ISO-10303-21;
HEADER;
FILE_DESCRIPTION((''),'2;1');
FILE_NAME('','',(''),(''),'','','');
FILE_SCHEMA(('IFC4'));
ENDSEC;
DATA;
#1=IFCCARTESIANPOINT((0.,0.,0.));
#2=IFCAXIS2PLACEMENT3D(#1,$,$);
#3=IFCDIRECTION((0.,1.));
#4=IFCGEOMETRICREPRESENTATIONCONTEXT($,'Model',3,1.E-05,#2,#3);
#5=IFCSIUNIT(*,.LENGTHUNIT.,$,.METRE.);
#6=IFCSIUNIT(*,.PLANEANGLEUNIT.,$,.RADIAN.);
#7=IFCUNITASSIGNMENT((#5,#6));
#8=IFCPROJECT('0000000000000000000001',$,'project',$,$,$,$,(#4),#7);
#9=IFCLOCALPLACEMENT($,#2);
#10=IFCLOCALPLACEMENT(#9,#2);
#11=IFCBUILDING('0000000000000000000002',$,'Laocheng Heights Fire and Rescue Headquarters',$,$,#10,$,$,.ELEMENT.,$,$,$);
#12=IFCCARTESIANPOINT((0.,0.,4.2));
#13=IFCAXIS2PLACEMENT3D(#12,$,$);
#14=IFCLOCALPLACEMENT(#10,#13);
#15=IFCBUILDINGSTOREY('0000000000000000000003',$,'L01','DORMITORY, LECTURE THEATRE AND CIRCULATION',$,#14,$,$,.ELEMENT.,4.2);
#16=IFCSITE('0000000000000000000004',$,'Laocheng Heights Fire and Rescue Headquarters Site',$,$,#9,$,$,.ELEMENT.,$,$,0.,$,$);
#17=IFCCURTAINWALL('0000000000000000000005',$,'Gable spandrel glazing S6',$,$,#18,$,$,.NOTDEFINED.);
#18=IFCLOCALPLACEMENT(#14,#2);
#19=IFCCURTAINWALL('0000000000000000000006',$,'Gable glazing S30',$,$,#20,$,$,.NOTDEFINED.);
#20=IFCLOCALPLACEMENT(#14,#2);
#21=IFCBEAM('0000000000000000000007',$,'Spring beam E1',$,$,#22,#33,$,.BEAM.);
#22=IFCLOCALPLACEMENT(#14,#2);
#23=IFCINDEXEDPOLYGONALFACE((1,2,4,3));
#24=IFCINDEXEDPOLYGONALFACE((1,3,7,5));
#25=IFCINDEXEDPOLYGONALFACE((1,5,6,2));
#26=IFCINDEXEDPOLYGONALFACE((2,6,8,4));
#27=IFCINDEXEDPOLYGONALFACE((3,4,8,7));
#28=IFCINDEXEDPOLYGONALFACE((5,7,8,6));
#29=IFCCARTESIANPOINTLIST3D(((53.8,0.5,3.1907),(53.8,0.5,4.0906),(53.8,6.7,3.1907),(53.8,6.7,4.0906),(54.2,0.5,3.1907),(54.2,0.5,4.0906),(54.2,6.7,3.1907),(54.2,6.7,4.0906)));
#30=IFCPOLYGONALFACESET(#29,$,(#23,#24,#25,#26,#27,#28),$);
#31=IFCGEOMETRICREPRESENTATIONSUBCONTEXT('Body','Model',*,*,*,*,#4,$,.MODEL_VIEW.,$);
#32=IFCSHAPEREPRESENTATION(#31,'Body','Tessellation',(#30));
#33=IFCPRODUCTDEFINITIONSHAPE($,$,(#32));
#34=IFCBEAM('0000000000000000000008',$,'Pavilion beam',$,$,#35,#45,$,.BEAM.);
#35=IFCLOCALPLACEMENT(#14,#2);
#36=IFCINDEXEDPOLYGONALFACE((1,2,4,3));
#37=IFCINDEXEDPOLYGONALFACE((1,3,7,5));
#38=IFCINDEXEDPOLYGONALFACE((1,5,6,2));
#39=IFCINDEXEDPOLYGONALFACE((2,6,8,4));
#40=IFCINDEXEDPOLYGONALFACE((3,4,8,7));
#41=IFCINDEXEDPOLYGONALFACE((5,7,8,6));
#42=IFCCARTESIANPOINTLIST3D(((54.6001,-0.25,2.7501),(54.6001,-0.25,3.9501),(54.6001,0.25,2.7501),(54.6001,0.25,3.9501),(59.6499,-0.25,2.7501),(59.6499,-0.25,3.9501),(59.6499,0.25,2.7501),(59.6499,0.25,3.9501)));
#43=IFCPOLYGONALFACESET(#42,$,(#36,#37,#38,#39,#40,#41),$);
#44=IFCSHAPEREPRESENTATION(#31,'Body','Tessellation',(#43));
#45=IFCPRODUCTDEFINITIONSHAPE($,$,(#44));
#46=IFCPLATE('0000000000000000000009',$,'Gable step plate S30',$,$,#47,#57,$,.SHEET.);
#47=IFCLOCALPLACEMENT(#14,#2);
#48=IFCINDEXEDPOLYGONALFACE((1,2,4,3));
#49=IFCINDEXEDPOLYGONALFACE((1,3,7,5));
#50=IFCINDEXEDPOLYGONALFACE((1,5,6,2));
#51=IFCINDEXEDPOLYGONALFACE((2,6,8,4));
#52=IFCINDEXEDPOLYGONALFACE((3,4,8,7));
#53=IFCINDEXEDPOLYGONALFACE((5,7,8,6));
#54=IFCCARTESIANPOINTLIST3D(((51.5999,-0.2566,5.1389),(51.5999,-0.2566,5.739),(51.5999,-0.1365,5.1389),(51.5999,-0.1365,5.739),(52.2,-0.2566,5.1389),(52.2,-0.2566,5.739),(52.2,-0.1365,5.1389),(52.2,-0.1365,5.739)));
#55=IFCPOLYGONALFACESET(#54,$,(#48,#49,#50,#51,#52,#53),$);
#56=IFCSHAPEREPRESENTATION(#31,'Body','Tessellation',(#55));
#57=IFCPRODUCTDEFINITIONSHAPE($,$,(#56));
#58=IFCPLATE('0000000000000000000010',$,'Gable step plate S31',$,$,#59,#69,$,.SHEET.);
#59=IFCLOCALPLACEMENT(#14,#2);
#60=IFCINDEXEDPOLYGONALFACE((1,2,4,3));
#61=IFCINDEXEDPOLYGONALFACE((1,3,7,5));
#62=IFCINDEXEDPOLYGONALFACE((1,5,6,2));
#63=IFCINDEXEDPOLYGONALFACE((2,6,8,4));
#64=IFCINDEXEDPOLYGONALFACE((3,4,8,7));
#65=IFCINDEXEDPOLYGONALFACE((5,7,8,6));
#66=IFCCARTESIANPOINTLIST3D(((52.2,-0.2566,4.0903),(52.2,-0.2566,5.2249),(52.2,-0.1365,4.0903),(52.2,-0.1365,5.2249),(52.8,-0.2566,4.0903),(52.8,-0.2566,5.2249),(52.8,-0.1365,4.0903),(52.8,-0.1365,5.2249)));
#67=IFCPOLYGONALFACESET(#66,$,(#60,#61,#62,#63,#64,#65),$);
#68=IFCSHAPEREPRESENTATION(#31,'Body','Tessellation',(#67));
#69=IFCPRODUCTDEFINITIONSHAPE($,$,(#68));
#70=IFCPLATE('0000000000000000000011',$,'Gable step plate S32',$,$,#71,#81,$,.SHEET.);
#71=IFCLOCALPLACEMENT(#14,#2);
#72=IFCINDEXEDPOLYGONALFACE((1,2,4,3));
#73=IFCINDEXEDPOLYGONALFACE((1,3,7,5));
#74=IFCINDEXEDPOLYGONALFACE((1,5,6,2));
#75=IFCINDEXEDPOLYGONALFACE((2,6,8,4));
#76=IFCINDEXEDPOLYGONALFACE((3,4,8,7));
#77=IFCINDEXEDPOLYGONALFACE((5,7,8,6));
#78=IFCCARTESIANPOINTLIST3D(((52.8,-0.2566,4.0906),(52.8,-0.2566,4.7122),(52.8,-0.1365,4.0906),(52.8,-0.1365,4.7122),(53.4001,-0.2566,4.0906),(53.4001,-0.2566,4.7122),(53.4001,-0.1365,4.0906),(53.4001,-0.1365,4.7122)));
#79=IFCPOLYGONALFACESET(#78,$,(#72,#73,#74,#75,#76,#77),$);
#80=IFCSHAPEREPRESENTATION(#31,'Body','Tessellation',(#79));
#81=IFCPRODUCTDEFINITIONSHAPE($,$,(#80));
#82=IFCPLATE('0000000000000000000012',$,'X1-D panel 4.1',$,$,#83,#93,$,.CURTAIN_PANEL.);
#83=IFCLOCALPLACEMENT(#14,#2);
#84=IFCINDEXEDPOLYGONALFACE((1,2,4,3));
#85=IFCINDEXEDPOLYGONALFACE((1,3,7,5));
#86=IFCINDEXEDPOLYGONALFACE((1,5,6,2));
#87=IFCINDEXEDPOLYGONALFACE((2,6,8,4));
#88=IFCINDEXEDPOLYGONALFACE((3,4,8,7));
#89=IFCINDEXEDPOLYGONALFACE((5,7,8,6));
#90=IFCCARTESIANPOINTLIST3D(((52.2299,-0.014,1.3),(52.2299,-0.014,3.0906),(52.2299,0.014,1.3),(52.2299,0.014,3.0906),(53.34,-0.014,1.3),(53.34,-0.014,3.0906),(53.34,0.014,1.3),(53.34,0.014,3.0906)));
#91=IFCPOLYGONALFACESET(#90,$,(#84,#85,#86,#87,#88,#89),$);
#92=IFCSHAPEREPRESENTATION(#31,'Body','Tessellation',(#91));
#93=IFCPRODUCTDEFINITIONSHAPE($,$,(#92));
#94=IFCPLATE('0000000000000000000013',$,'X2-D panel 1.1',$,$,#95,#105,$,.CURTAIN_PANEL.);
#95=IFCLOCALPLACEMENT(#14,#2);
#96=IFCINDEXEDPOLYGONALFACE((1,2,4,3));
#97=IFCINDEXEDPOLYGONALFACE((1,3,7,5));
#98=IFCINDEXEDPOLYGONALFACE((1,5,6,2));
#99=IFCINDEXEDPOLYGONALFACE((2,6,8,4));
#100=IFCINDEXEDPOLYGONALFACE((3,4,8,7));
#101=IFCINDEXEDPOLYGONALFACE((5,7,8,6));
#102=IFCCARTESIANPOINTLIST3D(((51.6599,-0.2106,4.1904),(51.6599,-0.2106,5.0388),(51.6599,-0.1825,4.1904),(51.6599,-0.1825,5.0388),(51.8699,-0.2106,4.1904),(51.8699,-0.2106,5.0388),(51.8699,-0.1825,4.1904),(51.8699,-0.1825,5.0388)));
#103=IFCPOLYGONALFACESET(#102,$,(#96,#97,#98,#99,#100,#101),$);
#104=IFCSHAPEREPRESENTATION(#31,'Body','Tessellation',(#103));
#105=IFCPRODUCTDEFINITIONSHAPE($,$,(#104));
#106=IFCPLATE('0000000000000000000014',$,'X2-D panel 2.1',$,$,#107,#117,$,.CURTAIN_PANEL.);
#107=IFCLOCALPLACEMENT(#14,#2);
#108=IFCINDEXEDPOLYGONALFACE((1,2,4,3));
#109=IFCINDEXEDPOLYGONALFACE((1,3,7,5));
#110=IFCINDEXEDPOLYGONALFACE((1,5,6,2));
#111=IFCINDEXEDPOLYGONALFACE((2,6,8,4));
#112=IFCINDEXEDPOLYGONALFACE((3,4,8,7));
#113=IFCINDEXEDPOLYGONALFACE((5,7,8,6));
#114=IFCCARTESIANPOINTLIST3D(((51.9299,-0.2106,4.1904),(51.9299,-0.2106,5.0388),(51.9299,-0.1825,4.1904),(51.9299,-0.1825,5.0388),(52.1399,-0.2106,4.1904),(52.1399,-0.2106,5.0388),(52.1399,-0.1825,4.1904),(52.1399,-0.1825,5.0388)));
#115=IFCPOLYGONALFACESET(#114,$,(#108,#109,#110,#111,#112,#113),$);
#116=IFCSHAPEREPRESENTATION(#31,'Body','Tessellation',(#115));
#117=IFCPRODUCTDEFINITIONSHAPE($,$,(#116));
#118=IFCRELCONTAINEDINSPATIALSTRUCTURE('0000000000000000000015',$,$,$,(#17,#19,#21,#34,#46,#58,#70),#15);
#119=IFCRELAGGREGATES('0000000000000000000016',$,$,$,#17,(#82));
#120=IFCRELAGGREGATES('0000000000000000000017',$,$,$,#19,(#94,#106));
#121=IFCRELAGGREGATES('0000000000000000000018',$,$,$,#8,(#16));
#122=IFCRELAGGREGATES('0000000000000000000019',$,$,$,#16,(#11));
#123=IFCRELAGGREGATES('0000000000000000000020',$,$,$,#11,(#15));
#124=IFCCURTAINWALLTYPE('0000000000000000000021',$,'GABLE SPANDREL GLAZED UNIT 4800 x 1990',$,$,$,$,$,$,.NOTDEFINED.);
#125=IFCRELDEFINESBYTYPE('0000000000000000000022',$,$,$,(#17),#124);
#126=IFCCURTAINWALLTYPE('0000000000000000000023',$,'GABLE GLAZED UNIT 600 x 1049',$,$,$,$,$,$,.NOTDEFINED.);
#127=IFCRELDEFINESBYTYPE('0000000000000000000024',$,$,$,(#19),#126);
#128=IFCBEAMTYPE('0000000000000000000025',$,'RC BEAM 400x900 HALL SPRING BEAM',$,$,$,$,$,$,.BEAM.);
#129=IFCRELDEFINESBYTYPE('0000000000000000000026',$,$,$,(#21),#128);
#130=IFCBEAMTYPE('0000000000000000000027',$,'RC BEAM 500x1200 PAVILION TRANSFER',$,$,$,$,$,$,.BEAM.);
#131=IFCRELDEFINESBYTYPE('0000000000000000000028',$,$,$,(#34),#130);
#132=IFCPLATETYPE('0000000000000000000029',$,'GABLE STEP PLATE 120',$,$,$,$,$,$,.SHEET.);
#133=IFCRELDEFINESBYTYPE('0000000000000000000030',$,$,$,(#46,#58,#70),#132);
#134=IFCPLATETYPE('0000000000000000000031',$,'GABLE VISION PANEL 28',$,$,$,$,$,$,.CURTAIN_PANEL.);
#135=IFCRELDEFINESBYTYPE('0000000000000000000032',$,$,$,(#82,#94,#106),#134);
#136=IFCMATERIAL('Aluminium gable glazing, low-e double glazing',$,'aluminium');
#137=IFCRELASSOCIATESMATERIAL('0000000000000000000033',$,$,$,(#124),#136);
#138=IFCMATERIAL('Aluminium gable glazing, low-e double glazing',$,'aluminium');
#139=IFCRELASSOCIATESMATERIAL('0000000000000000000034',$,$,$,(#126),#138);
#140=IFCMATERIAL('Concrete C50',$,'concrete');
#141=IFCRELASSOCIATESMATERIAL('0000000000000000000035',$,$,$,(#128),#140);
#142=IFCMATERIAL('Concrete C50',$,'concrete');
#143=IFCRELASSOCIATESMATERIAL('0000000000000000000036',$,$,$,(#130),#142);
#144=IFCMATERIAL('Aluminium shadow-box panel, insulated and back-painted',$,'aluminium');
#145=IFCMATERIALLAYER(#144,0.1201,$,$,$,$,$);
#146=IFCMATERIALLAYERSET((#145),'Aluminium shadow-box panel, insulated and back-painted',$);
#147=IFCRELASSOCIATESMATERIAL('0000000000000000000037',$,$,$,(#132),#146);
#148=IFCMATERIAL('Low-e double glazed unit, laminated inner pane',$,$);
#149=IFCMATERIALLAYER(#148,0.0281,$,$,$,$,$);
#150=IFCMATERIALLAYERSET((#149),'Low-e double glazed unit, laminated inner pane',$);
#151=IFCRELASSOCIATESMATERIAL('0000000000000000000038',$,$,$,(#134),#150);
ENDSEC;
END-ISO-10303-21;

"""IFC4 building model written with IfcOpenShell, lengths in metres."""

from ifc_helpers import new_model, si_unit, direction, frame, origin, origin_2d, place, context, subcontext, project, spatial, rectangle, extrude, material, layer, layer_set, material_profile, profile_set, type_object, element, aggregate, save


model = new_model("IFC4")

# Units and contexts
model_context = context("Model", 3, precision=1e-05, world=origin(), true_north=direction((0.0, 1.0)))
body_context = subcontext(model_context, "Body", "Model", "MODEL_VIEW")
ifc_project = project(units=[si_unit("LENGTHUNIT", "METRE"), si_unit("PLANEANGLEUNIT", "RADIAN")], contexts=[model_context])

# Site, building, storey
site_placement = place(None, origin())
site = spatial("IfcSite", under=ifc_project, at=site_placement, Name="Laocheng Heights Fire and Rescue Headquarters Site", CompositionType="ELEMENT", RefElevation=0.0)
building_placement = place(site_placement, origin())
building = spatial("IfcBuilding", under=site, at=building_placement, Name="Laocheng Heights Fire and Rescue Headquarters", CompositionType="ELEMENT")
storey_placement = place(building_placement, frame((0.0, 0.0, 4.2)))
storey = spatial("IfcBuildingStorey", under=building, at=storey_placement, Name="L01", Description="DORMITORY, LECTURE THEATRE AND CIRCULATION", CompositionType="ELEMENT", Elevation=4.2)

# Curtain walls
ifc_material_1 = material(Name="Aluminium gable glazing, low-e double glazing", Category="aluminium")
curtain_wall_type_1 = type_object("IfcCurtainWallType", Name="GABLE SPANDREL GLAZED UNIT 4800 x 1990", PredefinedType="NOTDEFINED", material=ifc_material_1)
curtain_wall_1_placement = place(storey_placement, origin())
curtain_wall_1 = element("IfcCurtainWall", 1, at=curtain_wall_1_placement, inside=storey, type_object=curtain_wall_type_1, Name="Gable spandrel glazing S6", PredefinedType="NOTDEFINED")
ifc_material_2 = material(Name="Aluminium gable glazing, low-e double glazing", Category="aluminium")
curtain_wall_type_2 = type_object("IfcCurtainWallType", Name="GABLE GLAZED UNIT 600 x 1049", PredefinedType="NOTDEFINED", material=ifc_material_2)
curtain_wall_2_placement = place(storey_placement, origin())
curtain_wall_2 = element("IfcCurtainWall", 2, at=curtain_wall_2_placement, inside=storey, type_object=curtain_wall_type_2, Name="Gable glazing S30", PredefinedType="NOTDEFINED")

# Beams
ifc_material_3 = material(Name="Concrete C50", Category="concrete")
ifc_material_profile_1 = material_profile(ifc_material_3, rectangle(XDim=0.3999, YDim=0.8999, at=origin_2d()), Name="RC BEAM 400x900 HALL SPRING BEAM")
ifc_profile_set_1 = profile_set([ifc_material_profile_1], Name="Concrete C50")
beam_type_1 = type_object("IfcBeamType", Name="RC BEAM 400x900 HALL SPRING BEAM", PredefinedType="BEAM", material=ifc_profile_set_1)
beam_1_placement = place(storey_placement, frame((54.0, 0.5, 3.6406), z_axis=(0.0, 1.0, 0.0), x_axis=(-1.0, 0.0, 0.0)))
element("IfcBeam", 3, at=beam_1_placement, inside=storey, type_object=beam_type_1, Name="Spring beam E1", PredefinedType="BEAM", context=body_context, shape_type="SweptSolid", body=[
    extrude(rectangle(XDim=0.3999, YDim=0.8999, at=origin_2d()), origin(), (0.0, 0.0, 1.0), 6.2),
])
ifc_material_4 = material(Name="Concrete C50", Category="concrete")
ifc_material_profile_2 = material_profile(ifc_material_4, rectangle(XDim=0.5, YDim=1.2, at=origin_2d()), Name="RC BEAM 500x1200 PAVILION TRANSFER")
ifc_profile_set_2 = profile_set([ifc_material_profile_2], Name="Concrete C50")
beam_type_2 = type_object("IfcBeamType", Name="RC BEAM 500x1200 PAVILION TRANSFER", PredefinedType="BEAM", material=ifc_profile_set_2)
beam_2_placement = place(storey_placement, frame((54.6001, 0.0, 3.3501), z_axis=(1.0, 0.0, 0.0), x_axis=(0.0, 1.0, 0.0)))
element("IfcBeam", 4, at=beam_2_placement, inside=storey, type_object=beam_type_2, Name="Pavilion beam", PredefinedType="BEAM", context=body_context, shape_type="SweptSolid", body=[
    extrude(rectangle(XDim=0.5, YDim=1.2, at=origin_2d()), origin(), (0.0, 0.0, 1.0), 5.0498),
])

# Plates
ifc_material_5 = material(Name="Aluminium shadow-box panel, insulated and back-painted", Category="aluminium")
ifc_layer_1 = layer(ifc_material_5, 0.1201)
ifc_layer_set_1 = layer_set([ifc_layer_1], Name="Aluminium shadow-box panel, insulated and back-painted")
plate_type_1 = type_object("IfcPlateType", Name="GABLE STEP PLATE 120", PredefinedType="SHEET", material=ifc_layer_set_1)
plate_1_placement = place(storey_placement, frame((51.8999, -0.1965, 5.1389), z_axis=(0.0, 0.0, 1.0), x_axis=(1.0, 0.0, 0.0)))
element("IfcPlate", 5, at=plate_1_placement, inside=storey, type_object=plate_type_1, Name="Gable step plate S30", PredefinedType="SHEET", context=body_context, shape_type="SweptSolid", body=[
    extrude(rectangle(XDim=0.6001, YDim=0.1201, at=origin_2d()), origin(), (0.0, 0.0, 1.0), 0.6001),
])
plate_2_placement = place(storey_placement, frame((52.5, -0.1965, 4.0903), z_axis=(0.0, 0.0, 1.0), x_axis=(1.0, 0.0, 0.0)))
element("IfcPlate", 6, at=plate_2_placement, inside=storey, type_object=plate_type_1, Name="Gable step plate S31", PredefinedType="SHEET", context=body_context, shape_type="SweptSolid", body=[
    extrude(rectangle(XDim=0.6001, YDim=0.1201, at=origin_2d()), origin(), (0.0, 0.0, 1.0), 1.1345),
])
plate_3_placement = place(storey_placement, frame((53.1001, -0.1965, 4.0906), z_axis=(0.0, 0.0, 1.0), x_axis=(1.0, 0.0, 0.0)))
element("IfcPlate", 7, at=plate_3_placement, inside=storey, type_object=plate_type_1, Name="Gable step plate S32", PredefinedType="SHEET", context=body_context, shape_type="SweptSolid", body=[
    extrude(rectangle(XDim=0.6001, YDim=0.1201, at=origin_2d()), origin(), (0.0, 0.0, 1.0), 0.6216),
])

# Plates
ifc_material_6 = material(Name="Low-e double glazed unit, laminated inner pane")
ifc_layer_2 = layer(ifc_material_6, 0.0281)
ifc_layer_set_2 = layer_set([ifc_layer_2], Name="Low-e double glazed unit, laminated inner pane")
plate_type_2 = type_object("IfcPlateType", Name="GABLE VISION PANEL 28", PredefinedType="CURTAIN_PANEL", material=ifc_layer_set_2)
plate_4_placement = place(storey_placement, frame((52.7849, 0.0, 1.3), z_axis=(0.0, 0.0, 1.0), x_axis=(1.0, 0.0, 0.0)))
plate_4 = element("IfcPlate", 8, at=plate_4_placement, type_object=plate_type_2, Name="X1-D panel 4.1", PredefinedType="CURTAIN_PANEL", context=body_context, shape_type="SweptSolid", body=[
    extrude(rectangle(XDim=1.1101, YDim=0.0281, at=origin_2d()), origin(), (0.0, 0.0, 1.0), 1.7905),
])
aggregate(curtain_wall_1, [plate_4])
plate_5_placement = place(storey_placement, frame((51.7649, -0.1965, 4.1904), z_axis=(0.0, 0.0, 1.0), x_axis=(1.0, 0.0, 0.0)))
plate_5 = element("IfcPlate", 9, at=plate_5_placement, type_object=plate_type_2, Name="X2-D panel 1.1", PredefinedType="CURTAIN_PANEL", context=body_context, shape_type="SweptSolid", body=[
    extrude(rectangle(XDim=0.21, YDim=0.0281, at=origin_2d()), origin(), (0.0, 0.0, 1.0), 0.8484),
])
plate_6_placement = place(storey_placement, frame((52.0349, -0.1965, 4.1904), z_axis=(0.0, 0.0, 1.0), x_axis=(1.0, 0.0, 0.0)))
plate_6 = element("IfcPlate", 10, at=plate_6_placement, type_object=plate_type_2, Name="X2-D panel 2.1", PredefinedType="CURTAIN_PANEL", context=body_context, shape_type="SweptSolid", body=[
    extrude(rectangle(XDim=0.21, YDim=0.0281, at=origin_2d()), origin(), (0.0, 0.0, 1.0), 0.8484),
])
aggregate(curtain_wall_2, [plate_5, plate_6])

save(model, "model.ifc")
